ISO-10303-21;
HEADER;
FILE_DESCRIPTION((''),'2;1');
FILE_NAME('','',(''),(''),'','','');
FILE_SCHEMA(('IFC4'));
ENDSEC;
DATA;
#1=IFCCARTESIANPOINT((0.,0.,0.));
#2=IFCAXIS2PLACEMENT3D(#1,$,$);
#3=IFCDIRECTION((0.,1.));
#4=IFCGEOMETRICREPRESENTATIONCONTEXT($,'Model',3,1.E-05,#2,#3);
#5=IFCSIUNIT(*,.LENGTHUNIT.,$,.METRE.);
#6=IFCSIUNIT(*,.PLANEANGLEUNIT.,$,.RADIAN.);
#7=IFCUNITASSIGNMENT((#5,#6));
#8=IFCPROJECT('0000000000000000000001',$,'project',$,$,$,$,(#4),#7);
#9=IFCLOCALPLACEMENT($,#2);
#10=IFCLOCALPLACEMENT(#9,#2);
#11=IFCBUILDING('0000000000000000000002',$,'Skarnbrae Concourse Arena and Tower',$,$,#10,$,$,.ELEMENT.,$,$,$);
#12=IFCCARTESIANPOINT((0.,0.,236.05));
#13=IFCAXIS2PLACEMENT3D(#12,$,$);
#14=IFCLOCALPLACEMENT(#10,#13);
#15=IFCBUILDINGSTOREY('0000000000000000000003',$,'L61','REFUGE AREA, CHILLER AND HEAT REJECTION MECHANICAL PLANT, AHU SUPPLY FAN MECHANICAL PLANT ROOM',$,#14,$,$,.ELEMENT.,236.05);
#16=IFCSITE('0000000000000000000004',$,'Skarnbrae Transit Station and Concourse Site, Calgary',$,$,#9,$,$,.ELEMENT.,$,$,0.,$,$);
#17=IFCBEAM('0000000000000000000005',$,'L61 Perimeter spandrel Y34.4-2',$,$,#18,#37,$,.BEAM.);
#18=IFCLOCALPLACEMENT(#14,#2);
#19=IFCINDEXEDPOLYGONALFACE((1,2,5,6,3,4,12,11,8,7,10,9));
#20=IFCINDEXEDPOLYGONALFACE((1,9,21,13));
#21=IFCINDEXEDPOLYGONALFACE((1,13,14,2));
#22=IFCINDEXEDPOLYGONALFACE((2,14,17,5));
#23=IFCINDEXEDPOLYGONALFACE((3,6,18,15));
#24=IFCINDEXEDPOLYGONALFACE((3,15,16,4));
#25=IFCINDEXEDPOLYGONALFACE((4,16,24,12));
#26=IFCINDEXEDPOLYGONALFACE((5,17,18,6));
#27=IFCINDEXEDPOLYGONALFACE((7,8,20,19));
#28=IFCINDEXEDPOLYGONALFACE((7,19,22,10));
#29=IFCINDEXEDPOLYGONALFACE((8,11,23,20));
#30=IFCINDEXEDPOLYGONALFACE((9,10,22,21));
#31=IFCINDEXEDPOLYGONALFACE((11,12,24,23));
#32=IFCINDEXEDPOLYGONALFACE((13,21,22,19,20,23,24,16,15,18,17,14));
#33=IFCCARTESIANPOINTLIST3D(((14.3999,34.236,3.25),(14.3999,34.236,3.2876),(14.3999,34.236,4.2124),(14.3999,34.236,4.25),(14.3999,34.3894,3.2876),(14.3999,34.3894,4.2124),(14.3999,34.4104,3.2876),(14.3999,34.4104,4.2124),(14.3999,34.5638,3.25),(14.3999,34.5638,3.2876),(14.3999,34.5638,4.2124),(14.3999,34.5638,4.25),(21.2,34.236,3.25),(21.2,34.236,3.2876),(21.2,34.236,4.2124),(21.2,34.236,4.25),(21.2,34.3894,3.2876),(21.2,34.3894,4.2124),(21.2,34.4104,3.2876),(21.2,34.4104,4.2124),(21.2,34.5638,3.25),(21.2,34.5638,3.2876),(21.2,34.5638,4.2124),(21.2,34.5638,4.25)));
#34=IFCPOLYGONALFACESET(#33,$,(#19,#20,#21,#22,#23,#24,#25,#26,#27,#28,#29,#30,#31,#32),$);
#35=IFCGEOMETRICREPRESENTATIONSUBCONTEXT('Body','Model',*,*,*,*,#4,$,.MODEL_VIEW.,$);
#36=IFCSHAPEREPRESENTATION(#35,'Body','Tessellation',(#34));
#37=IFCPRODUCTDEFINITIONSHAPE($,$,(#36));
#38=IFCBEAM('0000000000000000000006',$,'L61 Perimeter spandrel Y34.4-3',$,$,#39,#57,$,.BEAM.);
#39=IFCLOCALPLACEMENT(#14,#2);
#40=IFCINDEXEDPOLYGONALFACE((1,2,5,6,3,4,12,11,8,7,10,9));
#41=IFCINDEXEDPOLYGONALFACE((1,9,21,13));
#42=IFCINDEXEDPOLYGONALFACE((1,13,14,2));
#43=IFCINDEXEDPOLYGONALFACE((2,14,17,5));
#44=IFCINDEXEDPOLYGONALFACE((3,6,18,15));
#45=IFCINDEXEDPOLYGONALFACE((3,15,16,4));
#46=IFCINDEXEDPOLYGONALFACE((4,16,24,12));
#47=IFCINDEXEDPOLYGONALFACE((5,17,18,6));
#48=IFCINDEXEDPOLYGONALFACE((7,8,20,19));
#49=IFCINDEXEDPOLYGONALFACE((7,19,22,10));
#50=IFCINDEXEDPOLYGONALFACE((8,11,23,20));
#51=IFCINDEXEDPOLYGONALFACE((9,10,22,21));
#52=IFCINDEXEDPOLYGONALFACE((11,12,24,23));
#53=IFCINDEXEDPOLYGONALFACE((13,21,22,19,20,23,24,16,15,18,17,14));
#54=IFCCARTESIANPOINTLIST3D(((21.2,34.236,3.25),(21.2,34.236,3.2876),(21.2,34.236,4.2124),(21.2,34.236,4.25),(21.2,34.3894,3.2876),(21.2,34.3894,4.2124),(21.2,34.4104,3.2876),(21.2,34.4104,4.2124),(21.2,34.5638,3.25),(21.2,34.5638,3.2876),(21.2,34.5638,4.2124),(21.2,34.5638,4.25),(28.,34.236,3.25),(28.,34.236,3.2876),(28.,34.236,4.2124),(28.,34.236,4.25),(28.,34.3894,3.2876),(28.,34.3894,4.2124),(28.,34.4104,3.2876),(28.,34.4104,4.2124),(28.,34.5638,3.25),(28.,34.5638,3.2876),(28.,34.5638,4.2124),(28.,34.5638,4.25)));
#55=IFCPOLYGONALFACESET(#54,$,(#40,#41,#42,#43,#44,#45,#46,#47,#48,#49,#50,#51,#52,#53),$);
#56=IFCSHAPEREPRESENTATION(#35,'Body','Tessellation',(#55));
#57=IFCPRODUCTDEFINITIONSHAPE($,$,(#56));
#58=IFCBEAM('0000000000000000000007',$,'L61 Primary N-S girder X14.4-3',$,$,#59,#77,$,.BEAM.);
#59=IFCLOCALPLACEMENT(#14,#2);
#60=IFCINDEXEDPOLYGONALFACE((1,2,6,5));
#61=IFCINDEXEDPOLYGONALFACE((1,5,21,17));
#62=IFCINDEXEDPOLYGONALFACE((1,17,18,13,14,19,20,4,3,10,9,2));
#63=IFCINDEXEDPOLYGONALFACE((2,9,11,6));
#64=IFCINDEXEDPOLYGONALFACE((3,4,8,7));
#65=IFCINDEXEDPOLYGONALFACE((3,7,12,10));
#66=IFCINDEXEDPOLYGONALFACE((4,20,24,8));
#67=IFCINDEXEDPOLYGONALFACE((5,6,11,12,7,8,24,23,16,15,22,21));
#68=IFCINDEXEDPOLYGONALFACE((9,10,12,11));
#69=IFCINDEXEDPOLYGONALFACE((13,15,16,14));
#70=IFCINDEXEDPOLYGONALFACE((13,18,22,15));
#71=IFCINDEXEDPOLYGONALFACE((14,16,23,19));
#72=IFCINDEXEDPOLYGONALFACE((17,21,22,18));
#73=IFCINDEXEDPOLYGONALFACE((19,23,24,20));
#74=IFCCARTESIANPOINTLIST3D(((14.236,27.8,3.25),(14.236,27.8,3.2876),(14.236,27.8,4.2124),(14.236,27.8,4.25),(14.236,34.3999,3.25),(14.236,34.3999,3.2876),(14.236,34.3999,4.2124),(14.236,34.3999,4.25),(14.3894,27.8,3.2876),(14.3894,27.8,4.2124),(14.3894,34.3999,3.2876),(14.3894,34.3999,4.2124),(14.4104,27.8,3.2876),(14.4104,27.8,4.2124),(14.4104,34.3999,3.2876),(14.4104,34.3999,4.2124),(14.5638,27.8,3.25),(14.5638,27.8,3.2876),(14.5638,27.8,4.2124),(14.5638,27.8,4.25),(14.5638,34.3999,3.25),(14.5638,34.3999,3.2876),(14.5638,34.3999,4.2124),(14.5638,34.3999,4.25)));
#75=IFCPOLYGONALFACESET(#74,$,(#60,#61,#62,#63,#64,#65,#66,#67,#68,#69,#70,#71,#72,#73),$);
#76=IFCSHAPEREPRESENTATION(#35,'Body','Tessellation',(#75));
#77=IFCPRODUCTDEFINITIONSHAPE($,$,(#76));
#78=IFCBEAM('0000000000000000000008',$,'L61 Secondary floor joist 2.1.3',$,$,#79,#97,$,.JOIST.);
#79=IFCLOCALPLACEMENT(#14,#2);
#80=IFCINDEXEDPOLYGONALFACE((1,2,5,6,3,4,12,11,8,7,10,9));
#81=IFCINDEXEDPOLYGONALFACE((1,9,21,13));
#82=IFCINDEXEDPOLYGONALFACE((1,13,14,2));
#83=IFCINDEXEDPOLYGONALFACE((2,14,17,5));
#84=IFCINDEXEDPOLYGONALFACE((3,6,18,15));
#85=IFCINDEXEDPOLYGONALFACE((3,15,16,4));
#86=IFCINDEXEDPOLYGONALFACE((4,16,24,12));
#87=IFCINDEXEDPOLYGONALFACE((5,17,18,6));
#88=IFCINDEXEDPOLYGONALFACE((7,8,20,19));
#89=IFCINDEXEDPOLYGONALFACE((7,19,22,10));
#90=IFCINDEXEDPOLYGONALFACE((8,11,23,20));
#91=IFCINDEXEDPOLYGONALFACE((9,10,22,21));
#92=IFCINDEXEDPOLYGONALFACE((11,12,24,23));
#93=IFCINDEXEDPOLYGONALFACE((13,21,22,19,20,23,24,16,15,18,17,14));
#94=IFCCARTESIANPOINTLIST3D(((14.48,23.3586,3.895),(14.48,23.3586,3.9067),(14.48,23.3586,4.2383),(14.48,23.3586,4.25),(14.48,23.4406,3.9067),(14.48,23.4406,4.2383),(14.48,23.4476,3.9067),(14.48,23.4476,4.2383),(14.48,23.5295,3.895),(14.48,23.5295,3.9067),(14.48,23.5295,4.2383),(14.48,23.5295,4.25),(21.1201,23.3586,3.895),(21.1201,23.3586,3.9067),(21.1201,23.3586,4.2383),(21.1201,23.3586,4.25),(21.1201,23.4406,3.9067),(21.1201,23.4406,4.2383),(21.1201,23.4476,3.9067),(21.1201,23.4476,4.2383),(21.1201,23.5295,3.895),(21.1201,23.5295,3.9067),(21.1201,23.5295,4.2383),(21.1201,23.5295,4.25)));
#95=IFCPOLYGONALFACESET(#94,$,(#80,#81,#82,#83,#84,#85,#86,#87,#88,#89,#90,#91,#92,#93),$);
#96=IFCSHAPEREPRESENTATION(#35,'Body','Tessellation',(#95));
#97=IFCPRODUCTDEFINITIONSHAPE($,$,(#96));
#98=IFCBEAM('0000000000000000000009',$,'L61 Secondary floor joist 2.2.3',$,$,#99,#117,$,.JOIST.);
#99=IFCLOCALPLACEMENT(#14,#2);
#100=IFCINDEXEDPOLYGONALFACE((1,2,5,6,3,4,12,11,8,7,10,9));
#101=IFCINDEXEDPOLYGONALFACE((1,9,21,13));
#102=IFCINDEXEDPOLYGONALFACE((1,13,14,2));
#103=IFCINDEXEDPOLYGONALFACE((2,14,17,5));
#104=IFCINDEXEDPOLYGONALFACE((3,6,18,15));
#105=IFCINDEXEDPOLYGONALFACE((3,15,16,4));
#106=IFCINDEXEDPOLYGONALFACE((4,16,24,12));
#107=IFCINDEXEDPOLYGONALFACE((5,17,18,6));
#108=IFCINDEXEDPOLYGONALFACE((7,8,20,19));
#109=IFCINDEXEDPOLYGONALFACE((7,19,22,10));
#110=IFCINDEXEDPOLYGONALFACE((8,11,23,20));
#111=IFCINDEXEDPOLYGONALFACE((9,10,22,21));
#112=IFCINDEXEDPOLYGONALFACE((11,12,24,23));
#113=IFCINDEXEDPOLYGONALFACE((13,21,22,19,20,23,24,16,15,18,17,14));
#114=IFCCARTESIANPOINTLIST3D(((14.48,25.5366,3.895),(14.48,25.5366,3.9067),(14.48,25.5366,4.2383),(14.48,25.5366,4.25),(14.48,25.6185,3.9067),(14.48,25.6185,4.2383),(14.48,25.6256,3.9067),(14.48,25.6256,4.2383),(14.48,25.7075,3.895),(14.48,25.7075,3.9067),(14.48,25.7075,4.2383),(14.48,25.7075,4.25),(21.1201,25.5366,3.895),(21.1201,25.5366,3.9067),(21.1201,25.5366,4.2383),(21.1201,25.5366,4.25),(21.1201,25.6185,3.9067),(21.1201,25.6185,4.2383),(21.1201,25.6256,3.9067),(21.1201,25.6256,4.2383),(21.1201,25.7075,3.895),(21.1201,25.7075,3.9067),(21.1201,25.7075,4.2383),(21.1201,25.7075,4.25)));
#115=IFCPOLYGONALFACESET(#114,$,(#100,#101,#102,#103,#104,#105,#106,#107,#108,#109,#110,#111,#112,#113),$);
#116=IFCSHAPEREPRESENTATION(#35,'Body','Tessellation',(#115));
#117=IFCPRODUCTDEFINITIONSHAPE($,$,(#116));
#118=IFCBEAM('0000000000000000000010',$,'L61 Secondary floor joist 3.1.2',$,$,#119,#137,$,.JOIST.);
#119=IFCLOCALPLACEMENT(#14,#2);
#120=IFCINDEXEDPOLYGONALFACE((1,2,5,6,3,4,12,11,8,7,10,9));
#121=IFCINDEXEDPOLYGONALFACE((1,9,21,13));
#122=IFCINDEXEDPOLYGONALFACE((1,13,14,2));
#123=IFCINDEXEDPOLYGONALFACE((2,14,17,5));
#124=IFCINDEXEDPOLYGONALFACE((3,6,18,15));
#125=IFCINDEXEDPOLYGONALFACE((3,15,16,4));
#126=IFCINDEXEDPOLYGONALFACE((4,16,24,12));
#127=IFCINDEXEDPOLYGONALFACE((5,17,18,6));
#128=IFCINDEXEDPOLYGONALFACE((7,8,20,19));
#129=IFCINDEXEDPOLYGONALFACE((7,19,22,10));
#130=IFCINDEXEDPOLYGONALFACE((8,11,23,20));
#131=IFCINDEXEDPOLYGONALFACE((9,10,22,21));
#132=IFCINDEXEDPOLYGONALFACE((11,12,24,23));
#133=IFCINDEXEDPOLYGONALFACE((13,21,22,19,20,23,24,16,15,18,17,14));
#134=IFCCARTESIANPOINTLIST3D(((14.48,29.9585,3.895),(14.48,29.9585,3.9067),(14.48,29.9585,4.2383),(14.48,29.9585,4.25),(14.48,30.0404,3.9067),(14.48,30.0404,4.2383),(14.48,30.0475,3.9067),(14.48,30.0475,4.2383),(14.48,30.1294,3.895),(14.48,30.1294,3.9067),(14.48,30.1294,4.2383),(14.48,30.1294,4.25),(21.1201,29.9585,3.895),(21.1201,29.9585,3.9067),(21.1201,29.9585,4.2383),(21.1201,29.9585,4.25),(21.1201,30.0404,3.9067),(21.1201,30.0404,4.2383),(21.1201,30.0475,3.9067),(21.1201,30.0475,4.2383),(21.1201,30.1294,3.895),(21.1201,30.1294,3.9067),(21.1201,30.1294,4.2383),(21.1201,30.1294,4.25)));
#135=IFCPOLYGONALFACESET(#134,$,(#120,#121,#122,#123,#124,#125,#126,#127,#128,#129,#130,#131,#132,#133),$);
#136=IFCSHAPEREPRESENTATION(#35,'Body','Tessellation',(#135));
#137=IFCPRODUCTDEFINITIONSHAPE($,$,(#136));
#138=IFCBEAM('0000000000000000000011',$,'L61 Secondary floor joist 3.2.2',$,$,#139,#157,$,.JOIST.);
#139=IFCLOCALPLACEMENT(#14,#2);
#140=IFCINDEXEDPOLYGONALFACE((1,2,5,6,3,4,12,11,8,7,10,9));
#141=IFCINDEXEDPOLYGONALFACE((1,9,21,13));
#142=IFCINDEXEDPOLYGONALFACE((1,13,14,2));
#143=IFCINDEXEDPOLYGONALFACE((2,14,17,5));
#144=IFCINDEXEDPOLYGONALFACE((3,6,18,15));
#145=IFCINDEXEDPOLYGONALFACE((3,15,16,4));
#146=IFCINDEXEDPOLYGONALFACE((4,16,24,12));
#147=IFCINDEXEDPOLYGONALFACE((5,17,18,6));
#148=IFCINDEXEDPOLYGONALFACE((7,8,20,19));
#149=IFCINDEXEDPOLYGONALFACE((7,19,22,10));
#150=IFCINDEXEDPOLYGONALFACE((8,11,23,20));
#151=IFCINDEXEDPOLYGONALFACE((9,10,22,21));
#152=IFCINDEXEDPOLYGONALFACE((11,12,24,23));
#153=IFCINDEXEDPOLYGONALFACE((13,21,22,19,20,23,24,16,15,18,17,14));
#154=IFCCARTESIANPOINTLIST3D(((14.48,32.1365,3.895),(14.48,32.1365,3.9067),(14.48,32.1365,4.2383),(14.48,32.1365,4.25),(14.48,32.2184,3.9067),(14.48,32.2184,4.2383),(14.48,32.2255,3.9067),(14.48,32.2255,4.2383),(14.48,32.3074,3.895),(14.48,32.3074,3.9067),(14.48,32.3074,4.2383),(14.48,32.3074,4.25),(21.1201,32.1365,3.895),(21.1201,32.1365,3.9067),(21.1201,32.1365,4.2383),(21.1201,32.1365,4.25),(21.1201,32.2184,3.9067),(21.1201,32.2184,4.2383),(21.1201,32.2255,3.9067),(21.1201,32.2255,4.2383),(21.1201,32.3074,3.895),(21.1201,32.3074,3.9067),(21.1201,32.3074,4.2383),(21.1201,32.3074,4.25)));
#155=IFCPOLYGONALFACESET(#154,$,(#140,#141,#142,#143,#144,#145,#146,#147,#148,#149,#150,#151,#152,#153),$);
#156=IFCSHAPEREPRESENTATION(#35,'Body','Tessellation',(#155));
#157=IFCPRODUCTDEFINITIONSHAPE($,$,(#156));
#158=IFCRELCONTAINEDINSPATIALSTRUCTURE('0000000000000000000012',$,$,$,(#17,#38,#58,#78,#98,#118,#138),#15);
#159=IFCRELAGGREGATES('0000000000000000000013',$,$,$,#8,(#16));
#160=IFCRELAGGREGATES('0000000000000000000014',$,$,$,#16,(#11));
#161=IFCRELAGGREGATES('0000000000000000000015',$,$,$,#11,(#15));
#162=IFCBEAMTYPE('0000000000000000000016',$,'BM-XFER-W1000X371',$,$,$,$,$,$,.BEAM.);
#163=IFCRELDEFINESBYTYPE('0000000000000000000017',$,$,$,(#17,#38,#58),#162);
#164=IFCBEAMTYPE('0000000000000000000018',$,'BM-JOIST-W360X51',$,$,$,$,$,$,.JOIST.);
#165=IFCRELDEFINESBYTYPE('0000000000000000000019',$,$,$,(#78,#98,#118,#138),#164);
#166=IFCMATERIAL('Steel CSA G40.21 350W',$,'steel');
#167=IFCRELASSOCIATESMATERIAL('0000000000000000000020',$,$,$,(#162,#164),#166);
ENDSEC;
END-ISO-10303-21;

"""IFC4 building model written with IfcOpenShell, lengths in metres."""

from ifc_helpers import new_model, si_unit, direction, frame, origin, origin_2d, place, context, subcontext, project, spatial, i_section, extrude, source, transform, mapped, material, material_profile, profile_set, type_object, element, save


model = new_model("IFC4")

# Units and contexts
model_context = context("Model", 3, precision=1e-05, world=origin(), true_north=direction((0.0, 1.0)))
body_context = subcontext(model_context, "Body", "Model", "MODEL_VIEW")
ifc_project = project(units=[si_unit("LENGTHUNIT", "METRE"), si_unit("PLANEANGLEUNIT", "RADIAN")], contexts=[model_context])

# Site, building, storey
site_placement = place(None, origin())
site = spatial("IfcSite", under=ifc_project, at=site_placement, Name="Skarnbrae Transit Station and Concourse Site, Calgary", CompositionType="ELEMENT", RefElevation=0.0)
building_placement = place(site_placement, origin())
building = spatial("IfcBuilding", under=site, at=building_placement, Name="Skarnbrae Concourse Arena and Tower", CompositionType="ELEMENT")
storey_placement = place(building_placement, frame((0.0, 0.0, 236.05)))
storey = spatial("IfcBuildingStorey", under=building, at=storey_placement, Name="L61", Description="REFUGE AREA, CHILLER AND HEAT REJECTION MECHANICAL PLANT, AHU SUPPLY FAN MECHANICAL PLANT ROOM", CompositionType="ELEMENT", Elevation=236.05)

# Shared definitions
ifc_material_1 = material(Name="Steel CSA G40.21 350W", Category="steel")

# Beams
ifc_material_profile_1 = material_profile(ifc_material_1, i_section(OverallWidth=0.3279, OverallDepth=1.0, WebThickness=0.021, FlangeThickness=0.0376, at=origin_2d()), Name="W1000X371")
ifc_profile_set_1 = profile_set([ifc_material_profile_1], Name="Steel CSA G40.21 350W")
beam_type_1 = type_object("IfcBeamType", Name="BM-XFER-W1000X371", PredefinedType="BEAM", material=ifc_profile_set_1)
shared_shape_1 = source(origin(), body_context, "Body", "SweptSolid", [
    extrude(i_section(OverallWidth=0.3279, OverallDepth=1.0, WebThickness=0.021, FlangeThickness=0.0376, at=origin_2d()), origin(), (0.0, 0.0, 1.0), 6.8),
])
for number, where, z_axis, x_axis, name in (
    (1, (14.3999, 34.3999, 3.75), (1.0, 0.0, 0.0), (0.0, 1.0, 0.0), "L61 Perimeter spandrel Y34.4-2"),
    (2, (21.2, 34.3999, 3.75), (1.0, 0.0, 0.0), (0.0, 1.0, 0.0), "L61 Perimeter spandrel Y34.4-3"),
):
    element("IfcBeam", number, at=place(storey_placement, frame(where, z_axis=z_axis, x_axis=x_axis)), inside=storey, type_object=beam_type_1, Name=name, PredefinedType="BEAM", context=body_context, shape_type="MappedRepresentation", body=[
        mapped(shared_shape_1, transform((0.0, 0.0, 0.0))),
    ])
shared_shape_2 = source(origin(), body_context, "Body", "SweptSolid", [
    extrude(i_section(OverallWidth=0.3279, OverallDepth=1.0, WebThickness=0.021, FlangeThickness=0.0376, at=origin_2d()), origin(), (0.0, 0.0, 1.0), 6.5999),
])
beam_1_placement = place(storey_placement, frame((14.3999, 27.8, 3.75), z_axis=(0.0, 1.0, 0.0), x_axis=(-1.0, 0.0, 0.0)))
element("IfcBeam", 3, at=beam_1_placement, inside=storey, type_object=beam_type_1, Name="L61 Primary N-S girder X14.4-3", PredefinedType="BEAM", context=body_context, shape_type="MappedRepresentation", body=[
    mapped(shared_shape_2, transform((0.0, 0.0, 0.0))),
])
ifc_material_profile_2 = material_profile(ifc_material_1, i_section(OverallWidth=0.1709, OverallDepth=0.355, WebThickness=0.0071, FlangeThickness=0.0117, at=origin_2d()), Name="W360X51")
ifc_profile_set_2 = profile_set([ifc_material_profile_2], Name="Steel CSA G40.21 350W")
beam_type_2 = type_object("IfcBeamType", Name="BM-JOIST-W360X51", PredefinedType="JOIST", material=ifc_profile_set_2)
shared_shape_3 = source(origin(), body_context, "Body", "SweptSolid", [
    extrude(i_section(OverallWidth=0.1709, OverallDepth=0.355, WebThickness=0.0071, FlangeThickness=0.0117, at=origin_2d()), origin(), (0.0, 0.0, 1.0), 6.6401),
])
for number, where, z_axis, x_axis, name in (
    (4, (14.48, 23.4441, 4.0725), (1.0, 0.0, 0.0), (0.0, 1.0, 0.0), "L61 Secondary floor joist 2.1.3"),
    (5, (14.48, 25.6221, 4.0725), (1.0, 0.0, 0.0), (0.0, 1.0, 0.0), "L61 Secondary floor joist 2.2.3"),
    (6, (14.48, 30.0439, 4.0725), (1.0, 0.0, 0.0), (0.0, 1.0, 0.0), "L61 Secondary floor joist 3.1.2"),
    (7, (14.48, 32.2219, 4.0725), (1.0, 0.0, 0.0), (0.0, 1.0, 0.0), "L61 Secondary floor joist 3.2.2"),
):
    element("IfcBeam", number, at=place(storey_placement, frame(where, z_axis=z_axis, x_axis=x_axis)), inside=storey, type_object=beam_type_2, Name=name, PredefinedType="JOIST", context=body_context, shape_type="MappedRepresentation", body=[
        mapped(shared_shape_3, transform((0.0, 0.0, 0.0))),
    ])

save(model, "model.ifc")
